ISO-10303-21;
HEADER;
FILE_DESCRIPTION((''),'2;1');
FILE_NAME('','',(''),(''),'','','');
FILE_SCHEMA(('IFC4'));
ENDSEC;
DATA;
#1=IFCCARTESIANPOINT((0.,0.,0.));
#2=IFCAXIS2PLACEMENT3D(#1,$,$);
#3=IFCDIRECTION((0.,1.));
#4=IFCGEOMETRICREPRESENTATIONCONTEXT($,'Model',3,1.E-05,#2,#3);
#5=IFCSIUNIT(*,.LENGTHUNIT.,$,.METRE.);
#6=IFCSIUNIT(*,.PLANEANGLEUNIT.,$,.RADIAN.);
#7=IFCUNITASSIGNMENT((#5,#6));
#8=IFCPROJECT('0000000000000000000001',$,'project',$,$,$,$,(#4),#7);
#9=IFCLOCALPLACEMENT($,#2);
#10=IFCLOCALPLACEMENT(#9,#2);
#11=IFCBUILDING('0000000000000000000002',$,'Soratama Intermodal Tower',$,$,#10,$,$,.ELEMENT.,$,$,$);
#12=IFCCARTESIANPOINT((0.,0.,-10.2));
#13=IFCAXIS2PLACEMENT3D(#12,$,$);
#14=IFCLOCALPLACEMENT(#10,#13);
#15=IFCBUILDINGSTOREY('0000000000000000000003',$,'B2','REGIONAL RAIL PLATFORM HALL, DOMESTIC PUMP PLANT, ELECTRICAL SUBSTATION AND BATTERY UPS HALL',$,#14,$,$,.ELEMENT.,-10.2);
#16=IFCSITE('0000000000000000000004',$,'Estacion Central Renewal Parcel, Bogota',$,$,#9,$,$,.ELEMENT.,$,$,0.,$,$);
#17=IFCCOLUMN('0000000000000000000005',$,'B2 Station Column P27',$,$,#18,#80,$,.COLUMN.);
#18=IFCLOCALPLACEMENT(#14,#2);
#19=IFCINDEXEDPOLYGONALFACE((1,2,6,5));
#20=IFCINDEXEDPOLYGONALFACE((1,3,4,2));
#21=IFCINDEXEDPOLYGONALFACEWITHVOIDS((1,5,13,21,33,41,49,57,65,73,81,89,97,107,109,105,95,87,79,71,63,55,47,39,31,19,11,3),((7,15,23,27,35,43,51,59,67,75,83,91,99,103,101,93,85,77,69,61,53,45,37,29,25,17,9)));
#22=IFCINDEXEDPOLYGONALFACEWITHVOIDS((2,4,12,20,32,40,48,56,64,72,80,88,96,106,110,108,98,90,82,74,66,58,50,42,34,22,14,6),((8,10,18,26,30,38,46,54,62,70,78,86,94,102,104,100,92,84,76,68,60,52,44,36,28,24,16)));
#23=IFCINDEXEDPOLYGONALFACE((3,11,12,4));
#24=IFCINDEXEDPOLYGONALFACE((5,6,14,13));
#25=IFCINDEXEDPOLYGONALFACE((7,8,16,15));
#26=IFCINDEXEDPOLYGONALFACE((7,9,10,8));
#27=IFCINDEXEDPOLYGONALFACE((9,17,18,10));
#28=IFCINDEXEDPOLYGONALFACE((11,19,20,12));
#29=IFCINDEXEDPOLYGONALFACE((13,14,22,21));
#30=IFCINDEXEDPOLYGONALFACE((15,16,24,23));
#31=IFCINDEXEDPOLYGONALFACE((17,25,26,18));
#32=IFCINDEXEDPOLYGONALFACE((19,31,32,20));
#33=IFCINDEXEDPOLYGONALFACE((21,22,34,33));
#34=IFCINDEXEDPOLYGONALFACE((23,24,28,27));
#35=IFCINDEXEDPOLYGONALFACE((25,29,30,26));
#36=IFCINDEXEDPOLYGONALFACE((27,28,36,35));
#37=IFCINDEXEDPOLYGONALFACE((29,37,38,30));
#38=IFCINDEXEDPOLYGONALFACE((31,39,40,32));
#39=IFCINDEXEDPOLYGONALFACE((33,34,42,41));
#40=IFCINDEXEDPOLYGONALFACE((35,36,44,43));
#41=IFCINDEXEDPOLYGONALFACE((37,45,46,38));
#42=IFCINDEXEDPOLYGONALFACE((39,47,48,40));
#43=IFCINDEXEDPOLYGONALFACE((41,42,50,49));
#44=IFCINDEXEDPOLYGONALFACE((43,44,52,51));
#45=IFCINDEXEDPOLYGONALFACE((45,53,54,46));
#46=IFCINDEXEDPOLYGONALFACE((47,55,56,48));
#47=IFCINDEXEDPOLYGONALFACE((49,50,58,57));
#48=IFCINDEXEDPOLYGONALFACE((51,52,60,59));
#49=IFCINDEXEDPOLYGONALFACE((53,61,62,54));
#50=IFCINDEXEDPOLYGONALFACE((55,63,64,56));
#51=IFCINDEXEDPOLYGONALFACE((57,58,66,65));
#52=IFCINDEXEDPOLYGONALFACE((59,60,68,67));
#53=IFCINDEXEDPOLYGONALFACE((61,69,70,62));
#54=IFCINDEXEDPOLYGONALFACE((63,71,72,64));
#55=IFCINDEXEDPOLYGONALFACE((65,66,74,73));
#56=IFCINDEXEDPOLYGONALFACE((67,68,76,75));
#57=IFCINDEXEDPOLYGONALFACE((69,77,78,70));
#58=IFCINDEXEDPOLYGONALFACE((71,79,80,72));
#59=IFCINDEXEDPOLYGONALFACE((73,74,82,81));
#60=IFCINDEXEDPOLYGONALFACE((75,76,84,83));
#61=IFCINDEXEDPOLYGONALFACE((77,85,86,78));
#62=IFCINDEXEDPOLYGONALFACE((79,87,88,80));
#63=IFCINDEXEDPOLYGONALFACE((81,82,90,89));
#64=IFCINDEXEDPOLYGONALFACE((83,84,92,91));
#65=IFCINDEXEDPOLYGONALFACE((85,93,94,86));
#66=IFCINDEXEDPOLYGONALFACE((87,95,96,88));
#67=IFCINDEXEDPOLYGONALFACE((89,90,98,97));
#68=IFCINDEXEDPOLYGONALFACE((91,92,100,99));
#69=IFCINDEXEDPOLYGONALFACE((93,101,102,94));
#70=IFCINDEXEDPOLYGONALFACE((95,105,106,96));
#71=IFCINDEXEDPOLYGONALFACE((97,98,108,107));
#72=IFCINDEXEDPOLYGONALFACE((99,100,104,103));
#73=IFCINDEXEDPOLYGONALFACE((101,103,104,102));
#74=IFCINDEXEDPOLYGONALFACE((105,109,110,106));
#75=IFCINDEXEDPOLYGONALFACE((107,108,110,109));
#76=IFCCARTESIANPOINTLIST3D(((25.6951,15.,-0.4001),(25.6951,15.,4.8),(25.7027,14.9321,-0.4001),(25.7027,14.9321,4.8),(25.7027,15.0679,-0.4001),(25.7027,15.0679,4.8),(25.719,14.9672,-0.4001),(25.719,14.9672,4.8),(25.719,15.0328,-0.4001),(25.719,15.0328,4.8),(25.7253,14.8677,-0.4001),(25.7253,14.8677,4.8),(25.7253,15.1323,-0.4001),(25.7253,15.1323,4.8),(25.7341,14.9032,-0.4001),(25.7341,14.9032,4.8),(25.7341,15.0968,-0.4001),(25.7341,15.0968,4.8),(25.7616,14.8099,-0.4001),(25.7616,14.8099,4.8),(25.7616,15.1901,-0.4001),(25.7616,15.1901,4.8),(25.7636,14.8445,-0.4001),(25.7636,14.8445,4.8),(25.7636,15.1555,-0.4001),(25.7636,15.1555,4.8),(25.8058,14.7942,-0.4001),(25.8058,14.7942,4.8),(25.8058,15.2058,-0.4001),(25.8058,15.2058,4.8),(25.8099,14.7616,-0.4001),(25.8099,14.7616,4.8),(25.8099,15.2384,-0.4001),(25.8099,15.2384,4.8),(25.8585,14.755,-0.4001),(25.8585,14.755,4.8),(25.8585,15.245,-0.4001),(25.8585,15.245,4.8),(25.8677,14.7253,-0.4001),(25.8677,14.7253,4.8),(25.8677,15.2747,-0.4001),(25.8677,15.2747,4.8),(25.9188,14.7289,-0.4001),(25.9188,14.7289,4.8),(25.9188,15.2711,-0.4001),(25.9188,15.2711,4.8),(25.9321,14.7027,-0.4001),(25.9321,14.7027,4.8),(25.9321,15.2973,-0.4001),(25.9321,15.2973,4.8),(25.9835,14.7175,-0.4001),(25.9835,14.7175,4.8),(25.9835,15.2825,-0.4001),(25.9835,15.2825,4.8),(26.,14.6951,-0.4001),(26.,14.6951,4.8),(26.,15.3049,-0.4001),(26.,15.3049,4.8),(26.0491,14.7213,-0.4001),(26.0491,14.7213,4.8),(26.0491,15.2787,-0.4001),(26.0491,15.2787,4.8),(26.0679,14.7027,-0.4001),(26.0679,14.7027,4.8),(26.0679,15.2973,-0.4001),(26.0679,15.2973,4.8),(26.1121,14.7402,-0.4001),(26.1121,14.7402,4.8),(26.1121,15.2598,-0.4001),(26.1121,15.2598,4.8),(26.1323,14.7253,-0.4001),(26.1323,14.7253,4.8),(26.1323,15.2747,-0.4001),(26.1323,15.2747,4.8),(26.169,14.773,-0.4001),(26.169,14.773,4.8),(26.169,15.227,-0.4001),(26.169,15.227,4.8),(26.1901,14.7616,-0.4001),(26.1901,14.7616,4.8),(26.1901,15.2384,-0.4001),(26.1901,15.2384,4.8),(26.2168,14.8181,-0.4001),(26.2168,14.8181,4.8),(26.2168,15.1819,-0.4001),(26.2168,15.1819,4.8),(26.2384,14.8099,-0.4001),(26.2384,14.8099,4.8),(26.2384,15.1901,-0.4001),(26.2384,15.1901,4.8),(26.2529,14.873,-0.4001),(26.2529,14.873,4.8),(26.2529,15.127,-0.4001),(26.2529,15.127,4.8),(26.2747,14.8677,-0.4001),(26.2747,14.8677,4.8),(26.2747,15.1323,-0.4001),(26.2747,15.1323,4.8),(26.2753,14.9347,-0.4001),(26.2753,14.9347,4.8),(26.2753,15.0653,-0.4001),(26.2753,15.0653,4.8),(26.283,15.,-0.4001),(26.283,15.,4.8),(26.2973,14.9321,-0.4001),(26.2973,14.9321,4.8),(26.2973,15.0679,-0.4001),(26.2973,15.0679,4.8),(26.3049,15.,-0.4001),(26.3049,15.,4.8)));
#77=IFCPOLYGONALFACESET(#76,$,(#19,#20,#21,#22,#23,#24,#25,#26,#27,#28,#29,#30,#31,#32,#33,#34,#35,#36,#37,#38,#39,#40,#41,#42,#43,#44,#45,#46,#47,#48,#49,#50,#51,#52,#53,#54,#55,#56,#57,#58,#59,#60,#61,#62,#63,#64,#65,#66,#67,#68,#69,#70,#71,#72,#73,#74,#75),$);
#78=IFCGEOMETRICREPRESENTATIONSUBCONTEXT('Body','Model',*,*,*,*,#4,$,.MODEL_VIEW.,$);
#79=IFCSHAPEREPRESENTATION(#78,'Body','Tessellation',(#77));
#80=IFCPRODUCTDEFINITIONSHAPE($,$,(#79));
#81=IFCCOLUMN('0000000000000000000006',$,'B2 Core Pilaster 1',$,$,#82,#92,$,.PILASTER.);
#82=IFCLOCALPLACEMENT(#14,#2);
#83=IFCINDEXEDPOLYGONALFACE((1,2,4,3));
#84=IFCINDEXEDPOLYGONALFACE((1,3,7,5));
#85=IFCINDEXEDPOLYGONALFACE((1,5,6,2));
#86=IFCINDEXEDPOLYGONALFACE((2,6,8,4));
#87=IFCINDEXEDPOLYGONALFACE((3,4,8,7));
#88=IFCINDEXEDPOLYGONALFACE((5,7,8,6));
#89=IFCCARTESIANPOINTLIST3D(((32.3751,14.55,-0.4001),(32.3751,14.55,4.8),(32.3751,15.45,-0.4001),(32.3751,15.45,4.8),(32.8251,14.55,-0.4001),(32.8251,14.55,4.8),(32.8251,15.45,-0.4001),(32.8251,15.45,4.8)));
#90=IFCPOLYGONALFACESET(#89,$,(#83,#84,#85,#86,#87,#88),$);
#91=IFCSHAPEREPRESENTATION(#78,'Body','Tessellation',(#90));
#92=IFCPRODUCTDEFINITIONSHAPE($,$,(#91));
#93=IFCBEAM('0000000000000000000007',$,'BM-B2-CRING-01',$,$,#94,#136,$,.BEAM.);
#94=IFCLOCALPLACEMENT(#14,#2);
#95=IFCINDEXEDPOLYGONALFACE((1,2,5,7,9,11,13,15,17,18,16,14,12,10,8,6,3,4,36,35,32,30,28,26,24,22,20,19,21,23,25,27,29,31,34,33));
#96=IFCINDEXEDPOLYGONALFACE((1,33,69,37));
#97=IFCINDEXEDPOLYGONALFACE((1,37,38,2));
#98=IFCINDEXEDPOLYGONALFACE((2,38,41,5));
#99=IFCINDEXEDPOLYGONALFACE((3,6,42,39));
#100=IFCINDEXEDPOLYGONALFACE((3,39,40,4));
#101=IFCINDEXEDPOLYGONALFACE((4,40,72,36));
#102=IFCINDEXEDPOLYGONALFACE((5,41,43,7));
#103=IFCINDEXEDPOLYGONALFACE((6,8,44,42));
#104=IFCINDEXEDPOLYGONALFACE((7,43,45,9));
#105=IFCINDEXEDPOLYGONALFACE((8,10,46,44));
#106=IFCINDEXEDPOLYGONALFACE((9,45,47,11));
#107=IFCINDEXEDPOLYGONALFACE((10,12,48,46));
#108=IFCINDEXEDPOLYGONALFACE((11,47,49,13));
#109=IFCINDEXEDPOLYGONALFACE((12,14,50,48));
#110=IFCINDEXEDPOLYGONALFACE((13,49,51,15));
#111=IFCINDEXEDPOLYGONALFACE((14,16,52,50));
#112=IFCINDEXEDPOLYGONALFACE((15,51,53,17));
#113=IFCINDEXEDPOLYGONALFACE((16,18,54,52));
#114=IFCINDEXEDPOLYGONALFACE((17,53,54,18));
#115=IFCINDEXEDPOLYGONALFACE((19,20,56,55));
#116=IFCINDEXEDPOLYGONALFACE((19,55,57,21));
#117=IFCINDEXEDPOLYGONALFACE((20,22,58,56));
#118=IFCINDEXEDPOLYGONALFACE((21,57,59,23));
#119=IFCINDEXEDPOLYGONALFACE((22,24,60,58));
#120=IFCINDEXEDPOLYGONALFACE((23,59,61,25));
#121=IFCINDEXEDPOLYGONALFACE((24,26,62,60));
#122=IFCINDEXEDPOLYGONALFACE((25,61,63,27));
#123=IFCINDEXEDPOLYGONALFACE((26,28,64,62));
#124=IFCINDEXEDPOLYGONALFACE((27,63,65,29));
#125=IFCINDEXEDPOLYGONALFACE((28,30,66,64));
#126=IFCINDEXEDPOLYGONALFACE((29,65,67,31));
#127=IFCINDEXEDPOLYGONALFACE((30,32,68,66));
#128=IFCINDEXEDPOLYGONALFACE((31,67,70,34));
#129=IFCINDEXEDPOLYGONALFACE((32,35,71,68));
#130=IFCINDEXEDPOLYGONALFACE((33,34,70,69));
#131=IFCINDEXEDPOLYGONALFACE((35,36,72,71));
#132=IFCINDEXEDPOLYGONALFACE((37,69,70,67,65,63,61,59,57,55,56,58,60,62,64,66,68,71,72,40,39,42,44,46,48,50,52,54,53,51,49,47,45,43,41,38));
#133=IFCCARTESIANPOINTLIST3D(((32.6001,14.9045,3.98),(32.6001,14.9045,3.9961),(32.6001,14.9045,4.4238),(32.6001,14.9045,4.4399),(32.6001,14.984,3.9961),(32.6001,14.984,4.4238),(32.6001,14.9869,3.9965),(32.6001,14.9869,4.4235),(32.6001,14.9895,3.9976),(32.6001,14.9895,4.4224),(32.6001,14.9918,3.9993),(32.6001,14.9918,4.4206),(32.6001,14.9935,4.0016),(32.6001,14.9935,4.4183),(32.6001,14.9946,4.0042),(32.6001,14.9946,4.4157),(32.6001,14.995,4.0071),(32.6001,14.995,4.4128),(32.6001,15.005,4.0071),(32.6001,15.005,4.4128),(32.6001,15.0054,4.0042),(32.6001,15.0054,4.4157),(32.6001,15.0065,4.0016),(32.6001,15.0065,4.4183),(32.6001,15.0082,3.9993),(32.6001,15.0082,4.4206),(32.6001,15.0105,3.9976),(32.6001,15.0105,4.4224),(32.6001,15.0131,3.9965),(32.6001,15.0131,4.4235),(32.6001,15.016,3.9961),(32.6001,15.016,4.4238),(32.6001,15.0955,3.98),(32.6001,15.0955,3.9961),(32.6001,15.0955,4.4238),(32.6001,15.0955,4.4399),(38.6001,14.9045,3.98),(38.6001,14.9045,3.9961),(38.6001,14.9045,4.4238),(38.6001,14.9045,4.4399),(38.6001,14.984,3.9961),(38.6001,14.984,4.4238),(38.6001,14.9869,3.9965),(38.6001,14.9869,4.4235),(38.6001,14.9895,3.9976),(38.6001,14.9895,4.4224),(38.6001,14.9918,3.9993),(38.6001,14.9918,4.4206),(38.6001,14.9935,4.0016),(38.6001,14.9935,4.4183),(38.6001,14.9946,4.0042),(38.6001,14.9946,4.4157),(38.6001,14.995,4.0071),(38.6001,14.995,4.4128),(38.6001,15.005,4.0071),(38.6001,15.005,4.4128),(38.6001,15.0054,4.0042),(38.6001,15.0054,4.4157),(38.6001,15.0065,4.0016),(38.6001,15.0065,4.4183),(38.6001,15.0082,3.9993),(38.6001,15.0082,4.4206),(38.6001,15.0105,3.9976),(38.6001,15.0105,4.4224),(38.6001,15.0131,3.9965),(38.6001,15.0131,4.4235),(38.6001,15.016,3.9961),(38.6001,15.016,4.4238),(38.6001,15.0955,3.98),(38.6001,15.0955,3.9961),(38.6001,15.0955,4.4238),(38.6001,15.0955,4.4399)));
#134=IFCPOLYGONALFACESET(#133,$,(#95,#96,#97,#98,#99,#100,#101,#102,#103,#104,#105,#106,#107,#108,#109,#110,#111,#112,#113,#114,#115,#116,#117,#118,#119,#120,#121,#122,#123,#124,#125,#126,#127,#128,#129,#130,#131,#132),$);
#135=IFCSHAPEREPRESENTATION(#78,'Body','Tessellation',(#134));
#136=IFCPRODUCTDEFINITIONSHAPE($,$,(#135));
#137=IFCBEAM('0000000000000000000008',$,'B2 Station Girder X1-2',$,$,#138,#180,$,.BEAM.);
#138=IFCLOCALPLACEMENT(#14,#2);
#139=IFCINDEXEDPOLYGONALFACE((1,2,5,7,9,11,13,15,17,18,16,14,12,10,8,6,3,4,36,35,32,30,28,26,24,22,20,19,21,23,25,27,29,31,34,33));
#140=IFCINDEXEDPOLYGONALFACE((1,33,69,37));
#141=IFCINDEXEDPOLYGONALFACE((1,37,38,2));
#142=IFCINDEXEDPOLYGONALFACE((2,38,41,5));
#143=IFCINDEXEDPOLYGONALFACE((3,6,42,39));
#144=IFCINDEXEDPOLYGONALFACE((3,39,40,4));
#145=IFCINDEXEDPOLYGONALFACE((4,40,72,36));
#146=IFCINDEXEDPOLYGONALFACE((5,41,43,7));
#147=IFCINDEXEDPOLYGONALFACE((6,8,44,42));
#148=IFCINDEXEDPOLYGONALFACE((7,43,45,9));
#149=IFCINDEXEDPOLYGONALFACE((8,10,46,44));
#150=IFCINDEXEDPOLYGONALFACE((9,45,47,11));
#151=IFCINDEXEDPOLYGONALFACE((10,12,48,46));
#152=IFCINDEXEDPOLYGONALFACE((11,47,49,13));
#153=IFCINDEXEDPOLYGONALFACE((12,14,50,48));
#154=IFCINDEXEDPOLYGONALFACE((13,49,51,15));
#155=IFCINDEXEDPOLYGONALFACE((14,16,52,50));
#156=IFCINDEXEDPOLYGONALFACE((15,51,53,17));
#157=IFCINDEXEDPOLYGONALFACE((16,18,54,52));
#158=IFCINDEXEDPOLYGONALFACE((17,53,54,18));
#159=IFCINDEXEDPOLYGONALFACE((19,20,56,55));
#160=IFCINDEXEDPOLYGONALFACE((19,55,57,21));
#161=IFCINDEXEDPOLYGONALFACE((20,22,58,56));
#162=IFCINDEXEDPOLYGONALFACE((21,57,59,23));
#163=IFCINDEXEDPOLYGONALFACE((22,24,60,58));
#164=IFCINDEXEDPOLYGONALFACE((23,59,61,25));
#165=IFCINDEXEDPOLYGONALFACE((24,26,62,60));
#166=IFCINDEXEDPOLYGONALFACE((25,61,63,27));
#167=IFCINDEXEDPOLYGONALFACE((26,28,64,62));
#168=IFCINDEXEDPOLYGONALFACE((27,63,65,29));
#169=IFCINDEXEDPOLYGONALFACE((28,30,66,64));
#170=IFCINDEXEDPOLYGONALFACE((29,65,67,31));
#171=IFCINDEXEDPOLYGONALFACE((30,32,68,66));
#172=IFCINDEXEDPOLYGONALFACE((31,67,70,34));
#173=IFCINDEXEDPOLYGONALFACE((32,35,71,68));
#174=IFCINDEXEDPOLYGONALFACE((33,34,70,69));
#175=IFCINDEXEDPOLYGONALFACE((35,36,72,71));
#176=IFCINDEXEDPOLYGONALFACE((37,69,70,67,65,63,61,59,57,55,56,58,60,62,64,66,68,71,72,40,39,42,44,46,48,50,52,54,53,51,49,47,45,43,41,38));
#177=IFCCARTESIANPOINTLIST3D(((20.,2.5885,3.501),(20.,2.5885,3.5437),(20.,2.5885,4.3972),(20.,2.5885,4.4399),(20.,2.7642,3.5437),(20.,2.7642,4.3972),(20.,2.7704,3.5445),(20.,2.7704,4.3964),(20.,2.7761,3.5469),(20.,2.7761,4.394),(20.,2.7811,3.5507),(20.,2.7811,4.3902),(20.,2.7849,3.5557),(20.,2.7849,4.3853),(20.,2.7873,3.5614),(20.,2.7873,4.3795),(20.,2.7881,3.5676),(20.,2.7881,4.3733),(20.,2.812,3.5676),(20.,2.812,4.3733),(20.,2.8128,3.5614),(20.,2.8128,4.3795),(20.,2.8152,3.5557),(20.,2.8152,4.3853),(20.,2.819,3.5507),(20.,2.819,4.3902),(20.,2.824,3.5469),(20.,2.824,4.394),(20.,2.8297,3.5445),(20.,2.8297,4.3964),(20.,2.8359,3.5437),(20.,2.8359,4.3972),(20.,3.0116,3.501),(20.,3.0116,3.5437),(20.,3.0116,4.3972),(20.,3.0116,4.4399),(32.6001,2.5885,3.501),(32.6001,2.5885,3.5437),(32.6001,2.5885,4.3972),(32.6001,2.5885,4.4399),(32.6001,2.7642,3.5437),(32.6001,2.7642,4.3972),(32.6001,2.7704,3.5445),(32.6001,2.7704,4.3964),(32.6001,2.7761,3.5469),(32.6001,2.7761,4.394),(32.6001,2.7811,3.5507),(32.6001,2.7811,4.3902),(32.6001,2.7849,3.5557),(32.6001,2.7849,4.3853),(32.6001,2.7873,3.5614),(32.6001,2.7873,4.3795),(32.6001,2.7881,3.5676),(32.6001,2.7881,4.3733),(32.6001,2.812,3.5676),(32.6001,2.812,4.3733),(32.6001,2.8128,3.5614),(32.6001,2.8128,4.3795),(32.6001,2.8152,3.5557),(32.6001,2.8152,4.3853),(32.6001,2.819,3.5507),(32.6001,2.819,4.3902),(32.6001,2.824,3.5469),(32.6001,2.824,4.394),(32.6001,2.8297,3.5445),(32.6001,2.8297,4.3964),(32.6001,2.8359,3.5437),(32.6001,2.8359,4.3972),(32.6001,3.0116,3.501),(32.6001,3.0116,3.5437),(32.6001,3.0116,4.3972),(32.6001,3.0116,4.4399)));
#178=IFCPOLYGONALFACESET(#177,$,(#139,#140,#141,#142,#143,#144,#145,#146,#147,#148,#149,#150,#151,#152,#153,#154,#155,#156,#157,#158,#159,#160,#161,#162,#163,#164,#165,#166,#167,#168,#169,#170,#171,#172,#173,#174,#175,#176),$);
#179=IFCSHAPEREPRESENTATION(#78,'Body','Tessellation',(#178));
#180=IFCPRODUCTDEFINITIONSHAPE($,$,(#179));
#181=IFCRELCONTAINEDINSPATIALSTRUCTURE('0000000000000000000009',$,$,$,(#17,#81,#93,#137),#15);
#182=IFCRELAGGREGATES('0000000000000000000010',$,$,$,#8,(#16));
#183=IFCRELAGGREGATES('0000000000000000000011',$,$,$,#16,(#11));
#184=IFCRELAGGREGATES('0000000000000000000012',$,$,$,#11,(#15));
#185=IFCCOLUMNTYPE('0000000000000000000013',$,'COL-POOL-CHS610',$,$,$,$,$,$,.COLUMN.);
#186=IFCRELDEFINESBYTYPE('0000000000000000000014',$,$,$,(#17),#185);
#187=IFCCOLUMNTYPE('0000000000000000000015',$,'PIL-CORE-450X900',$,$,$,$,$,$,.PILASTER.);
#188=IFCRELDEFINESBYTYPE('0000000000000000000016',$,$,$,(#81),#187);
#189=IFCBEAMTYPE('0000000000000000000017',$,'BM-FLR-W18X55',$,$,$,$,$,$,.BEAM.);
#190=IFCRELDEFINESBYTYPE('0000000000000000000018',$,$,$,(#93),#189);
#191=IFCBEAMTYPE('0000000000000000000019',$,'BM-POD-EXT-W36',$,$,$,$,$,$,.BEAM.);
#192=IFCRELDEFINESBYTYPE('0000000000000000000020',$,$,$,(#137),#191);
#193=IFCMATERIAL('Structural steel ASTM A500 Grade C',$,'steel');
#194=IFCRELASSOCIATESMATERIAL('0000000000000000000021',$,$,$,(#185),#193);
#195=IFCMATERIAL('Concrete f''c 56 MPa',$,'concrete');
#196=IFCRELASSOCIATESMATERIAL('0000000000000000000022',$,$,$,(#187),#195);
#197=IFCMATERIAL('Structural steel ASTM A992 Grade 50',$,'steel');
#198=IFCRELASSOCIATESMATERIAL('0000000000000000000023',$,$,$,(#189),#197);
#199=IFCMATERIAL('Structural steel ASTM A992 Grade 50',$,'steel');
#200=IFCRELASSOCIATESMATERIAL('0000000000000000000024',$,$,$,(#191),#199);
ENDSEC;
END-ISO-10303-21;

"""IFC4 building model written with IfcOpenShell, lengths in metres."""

from ifc_helpers import new_model, si_unit, direction, frame, origin, origin_2d, place, context, subcontext, project, spatial, rectangle, hollow_circle, i_section, extrude, material, material_profile, profile_set, type_object, element, save


model = new_model("IFC4")

# Units and contexts
model_context = context("Model", 3, precision=1e-05, world=origin(), true_north=direction((0.0, 1.0)))
body_context = subcontext(model_context, "Body", "Model", "MODEL_VIEW")
ifc_project = project(units=[si_unit("LENGTHUNIT", "METRE"), si_unit("PLANEANGLEUNIT", "RADIAN")], contexts=[model_context])

# Site, building, storey
site_placement = place(None, origin())
site = spatial("IfcSite", under=ifc_project, at=site_placement, Name="Estacion Central Renewal Parcel, Bogota", CompositionType="ELEMENT", RefElevation=0.0)
building_placement = place(site_placement, origin())
building = spatial("IfcBuilding", under=site, at=building_placement, Name="Soratama Intermodal Tower", CompositionType="ELEMENT")
storey_placement = place(building_placement, frame((0.0, 0.0, -10.2)))
storey = spatial("IfcBuildingStorey", under=building, at=storey_placement, Name="B2", Description="REGIONAL RAIL PLATFORM HALL, DOMESTIC PUMP PLANT, ELECTRICAL SUBSTATION AND BATTERY UPS HALL", CompositionType="ELEMENT", Elevation=-10.2)

# Columns
ifc_material_1 = material(Name="Structural steel ASTM A500 Grade C", Category="steel")
ifc_material_profile_1 = material_profile(ifc_material_1, hollow_circle(Radius=0.3049, WallThickness=0.022, at=origin_2d()), Name="CHS610X22")
ifc_profile_set_1 = profile_set([ifc_material_profile_1], Name="Structural steel ASTM A500 Grade C")
column_type_1 = type_object("IfcColumnType", Name="COL-POOL-CHS610", PredefinedType="COLUMN", material=ifc_profile_set_1)
column_1_placement = place(storey_placement, frame((26.0, 15.0, -0.4001), z_axis=(0.0, 0.0, 1.0), x_axis=(1.0, 0.0, 0.0)))
element("IfcColumn", 1, at=column_1_placement, inside=storey, type_object=column_type_1, Name="B2 Station Column P27", PredefinedType="COLUMN", context=body_context, shape_type="SweptSolid", body=[
    extrude(hollow_circle(Radius=0.3049, WallThickness=0.022, at=origin_2d()), origin(), (0.0, 0.0, 1.0), 5.2002),
])
ifc_material_2 = material(Name="Concrete f'c 56 MPa", Category="concrete")
ifc_material_profile_2 = material_profile(ifc_material_2, rectangle(XDim=0.45, YDim=0.8999, at=origin_2d()), Name="RC450X900")
ifc_profile_set_2 = profile_set([ifc_material_profile_2], Name="Concrete f'c 56 MPa")
column_type_2 = type_object("IfcColumnType", Name="PIL-CORE-450X900", PredefinedType="PILASTER", material=ifc_profile_set_2)
column_2_placement = place(storey_placement, frame((32.6001, 15.0, -0.4001), z_axis=(0.0, 0.0, 1.0), x_axis=(1.0, 0.0, 0.0)))
element("IfcColumn", 2, at=column_2_placement, inside=storey, type_object=column_type_2, Name="B2 Core Pilaster 1", PredefinedType="PILASTER", context=body_context, shape_type="SweptSolid", body=[
    extrude(rectangle(XDim=0.45, YDim=0.8999, at=origin_2d()), origin(), (0.0, 0.0, 1.0), 5.2002),
])

# Beams
ifc_material_3 = material(Name="Structural steel ASTM A992 Grade 50", Category="steel")
ifc_material_profile_3 = material_profile(ifc_material_3, i_section(OverallWidth=0.1909, OverallDepth=0.46, WebThickness=0.01, FlangeThickness=0.0161, FilletRadius=0.011, at=origin_2d()), Name="W18X55")
ifc_profile_set_3 = profile_set([ifc_material_profile_3], Name="Structural steel ASTM A992 Grade 50")
beam_type_1 = type_object("IfcBeamType", Name="BM-FLR-W18X55", PredefinedType="BEAM", material=ifc_profile_set_3)
beam_1_placement = place(storey_placement, frame((32.6001, 15.0, 4.21), z_axis=(1.0, 0.0, 0.0), x_axis=(0.0, 1.0, 0.0)))
element("IfcBeam", 3, at=beam_1_placement, inside=storey, type_object=beam_type_1, Name="BM-B2-CRING-01", PredefinedType="BEAM", context=body_context, shape_type="SweptSolid", body=[
    extrude(i_section(OverallWidth=0.1909, OverallDepth=0.46, WebThickness=0.01, FlangeThickness=0.0161, FilletRadius=0.011, at=origin_2d()), origin(), (0.0, 0.0, 1.0), 6.0),
])
ifc_material_4 = material(Name="Structural steel ASTM A992 Grade 50", Category="steel")
ifc_material_profile_4 = material_profile(ifc_material_4, i_section(OverallWidth=0.4231, OverallDepth=0.939, WebThickness=0.0239, FlangeThickness=0.0427, FilletRadius=0.0239, at=origin_2d()), Name="W36X302")
ifc_profile_set_4 = profile_set([ifc_material_profile_4], Name="Structural steel ASTM A992 Grade 50")
beam_type_2 = type_object("IfcBeamType", Name="BM-POD-EXT-W36", PredefinedType="BEAM", material=ifc_profile_set_4)
beam_2_placement = place(storey_placement, frame((20.0, 2.8, 3.9705), z_axis=(1.0, 0.0, 0.0), x_axis=(0.0, 1.0, 0.0)))
element("IfcBeam", 4, at=beam_2_placement, inside=storey, type_object=beam_type_2, Name="B2 Station Girder X1-2", PredefinedType="BEAM", context=body_context, shape_type="SweptSolid", body=[
    extrude(i_section(OverallWidth=0.4231, OverallDepth=0.939, WebThickness=0.0239, FlangeThickness=0.0427, FilletRadius=0.0239, at=origin_2d()), origin(), (0.0, 0.0, 1.0), 12.6001),
])

save(model, "model.ifc")
